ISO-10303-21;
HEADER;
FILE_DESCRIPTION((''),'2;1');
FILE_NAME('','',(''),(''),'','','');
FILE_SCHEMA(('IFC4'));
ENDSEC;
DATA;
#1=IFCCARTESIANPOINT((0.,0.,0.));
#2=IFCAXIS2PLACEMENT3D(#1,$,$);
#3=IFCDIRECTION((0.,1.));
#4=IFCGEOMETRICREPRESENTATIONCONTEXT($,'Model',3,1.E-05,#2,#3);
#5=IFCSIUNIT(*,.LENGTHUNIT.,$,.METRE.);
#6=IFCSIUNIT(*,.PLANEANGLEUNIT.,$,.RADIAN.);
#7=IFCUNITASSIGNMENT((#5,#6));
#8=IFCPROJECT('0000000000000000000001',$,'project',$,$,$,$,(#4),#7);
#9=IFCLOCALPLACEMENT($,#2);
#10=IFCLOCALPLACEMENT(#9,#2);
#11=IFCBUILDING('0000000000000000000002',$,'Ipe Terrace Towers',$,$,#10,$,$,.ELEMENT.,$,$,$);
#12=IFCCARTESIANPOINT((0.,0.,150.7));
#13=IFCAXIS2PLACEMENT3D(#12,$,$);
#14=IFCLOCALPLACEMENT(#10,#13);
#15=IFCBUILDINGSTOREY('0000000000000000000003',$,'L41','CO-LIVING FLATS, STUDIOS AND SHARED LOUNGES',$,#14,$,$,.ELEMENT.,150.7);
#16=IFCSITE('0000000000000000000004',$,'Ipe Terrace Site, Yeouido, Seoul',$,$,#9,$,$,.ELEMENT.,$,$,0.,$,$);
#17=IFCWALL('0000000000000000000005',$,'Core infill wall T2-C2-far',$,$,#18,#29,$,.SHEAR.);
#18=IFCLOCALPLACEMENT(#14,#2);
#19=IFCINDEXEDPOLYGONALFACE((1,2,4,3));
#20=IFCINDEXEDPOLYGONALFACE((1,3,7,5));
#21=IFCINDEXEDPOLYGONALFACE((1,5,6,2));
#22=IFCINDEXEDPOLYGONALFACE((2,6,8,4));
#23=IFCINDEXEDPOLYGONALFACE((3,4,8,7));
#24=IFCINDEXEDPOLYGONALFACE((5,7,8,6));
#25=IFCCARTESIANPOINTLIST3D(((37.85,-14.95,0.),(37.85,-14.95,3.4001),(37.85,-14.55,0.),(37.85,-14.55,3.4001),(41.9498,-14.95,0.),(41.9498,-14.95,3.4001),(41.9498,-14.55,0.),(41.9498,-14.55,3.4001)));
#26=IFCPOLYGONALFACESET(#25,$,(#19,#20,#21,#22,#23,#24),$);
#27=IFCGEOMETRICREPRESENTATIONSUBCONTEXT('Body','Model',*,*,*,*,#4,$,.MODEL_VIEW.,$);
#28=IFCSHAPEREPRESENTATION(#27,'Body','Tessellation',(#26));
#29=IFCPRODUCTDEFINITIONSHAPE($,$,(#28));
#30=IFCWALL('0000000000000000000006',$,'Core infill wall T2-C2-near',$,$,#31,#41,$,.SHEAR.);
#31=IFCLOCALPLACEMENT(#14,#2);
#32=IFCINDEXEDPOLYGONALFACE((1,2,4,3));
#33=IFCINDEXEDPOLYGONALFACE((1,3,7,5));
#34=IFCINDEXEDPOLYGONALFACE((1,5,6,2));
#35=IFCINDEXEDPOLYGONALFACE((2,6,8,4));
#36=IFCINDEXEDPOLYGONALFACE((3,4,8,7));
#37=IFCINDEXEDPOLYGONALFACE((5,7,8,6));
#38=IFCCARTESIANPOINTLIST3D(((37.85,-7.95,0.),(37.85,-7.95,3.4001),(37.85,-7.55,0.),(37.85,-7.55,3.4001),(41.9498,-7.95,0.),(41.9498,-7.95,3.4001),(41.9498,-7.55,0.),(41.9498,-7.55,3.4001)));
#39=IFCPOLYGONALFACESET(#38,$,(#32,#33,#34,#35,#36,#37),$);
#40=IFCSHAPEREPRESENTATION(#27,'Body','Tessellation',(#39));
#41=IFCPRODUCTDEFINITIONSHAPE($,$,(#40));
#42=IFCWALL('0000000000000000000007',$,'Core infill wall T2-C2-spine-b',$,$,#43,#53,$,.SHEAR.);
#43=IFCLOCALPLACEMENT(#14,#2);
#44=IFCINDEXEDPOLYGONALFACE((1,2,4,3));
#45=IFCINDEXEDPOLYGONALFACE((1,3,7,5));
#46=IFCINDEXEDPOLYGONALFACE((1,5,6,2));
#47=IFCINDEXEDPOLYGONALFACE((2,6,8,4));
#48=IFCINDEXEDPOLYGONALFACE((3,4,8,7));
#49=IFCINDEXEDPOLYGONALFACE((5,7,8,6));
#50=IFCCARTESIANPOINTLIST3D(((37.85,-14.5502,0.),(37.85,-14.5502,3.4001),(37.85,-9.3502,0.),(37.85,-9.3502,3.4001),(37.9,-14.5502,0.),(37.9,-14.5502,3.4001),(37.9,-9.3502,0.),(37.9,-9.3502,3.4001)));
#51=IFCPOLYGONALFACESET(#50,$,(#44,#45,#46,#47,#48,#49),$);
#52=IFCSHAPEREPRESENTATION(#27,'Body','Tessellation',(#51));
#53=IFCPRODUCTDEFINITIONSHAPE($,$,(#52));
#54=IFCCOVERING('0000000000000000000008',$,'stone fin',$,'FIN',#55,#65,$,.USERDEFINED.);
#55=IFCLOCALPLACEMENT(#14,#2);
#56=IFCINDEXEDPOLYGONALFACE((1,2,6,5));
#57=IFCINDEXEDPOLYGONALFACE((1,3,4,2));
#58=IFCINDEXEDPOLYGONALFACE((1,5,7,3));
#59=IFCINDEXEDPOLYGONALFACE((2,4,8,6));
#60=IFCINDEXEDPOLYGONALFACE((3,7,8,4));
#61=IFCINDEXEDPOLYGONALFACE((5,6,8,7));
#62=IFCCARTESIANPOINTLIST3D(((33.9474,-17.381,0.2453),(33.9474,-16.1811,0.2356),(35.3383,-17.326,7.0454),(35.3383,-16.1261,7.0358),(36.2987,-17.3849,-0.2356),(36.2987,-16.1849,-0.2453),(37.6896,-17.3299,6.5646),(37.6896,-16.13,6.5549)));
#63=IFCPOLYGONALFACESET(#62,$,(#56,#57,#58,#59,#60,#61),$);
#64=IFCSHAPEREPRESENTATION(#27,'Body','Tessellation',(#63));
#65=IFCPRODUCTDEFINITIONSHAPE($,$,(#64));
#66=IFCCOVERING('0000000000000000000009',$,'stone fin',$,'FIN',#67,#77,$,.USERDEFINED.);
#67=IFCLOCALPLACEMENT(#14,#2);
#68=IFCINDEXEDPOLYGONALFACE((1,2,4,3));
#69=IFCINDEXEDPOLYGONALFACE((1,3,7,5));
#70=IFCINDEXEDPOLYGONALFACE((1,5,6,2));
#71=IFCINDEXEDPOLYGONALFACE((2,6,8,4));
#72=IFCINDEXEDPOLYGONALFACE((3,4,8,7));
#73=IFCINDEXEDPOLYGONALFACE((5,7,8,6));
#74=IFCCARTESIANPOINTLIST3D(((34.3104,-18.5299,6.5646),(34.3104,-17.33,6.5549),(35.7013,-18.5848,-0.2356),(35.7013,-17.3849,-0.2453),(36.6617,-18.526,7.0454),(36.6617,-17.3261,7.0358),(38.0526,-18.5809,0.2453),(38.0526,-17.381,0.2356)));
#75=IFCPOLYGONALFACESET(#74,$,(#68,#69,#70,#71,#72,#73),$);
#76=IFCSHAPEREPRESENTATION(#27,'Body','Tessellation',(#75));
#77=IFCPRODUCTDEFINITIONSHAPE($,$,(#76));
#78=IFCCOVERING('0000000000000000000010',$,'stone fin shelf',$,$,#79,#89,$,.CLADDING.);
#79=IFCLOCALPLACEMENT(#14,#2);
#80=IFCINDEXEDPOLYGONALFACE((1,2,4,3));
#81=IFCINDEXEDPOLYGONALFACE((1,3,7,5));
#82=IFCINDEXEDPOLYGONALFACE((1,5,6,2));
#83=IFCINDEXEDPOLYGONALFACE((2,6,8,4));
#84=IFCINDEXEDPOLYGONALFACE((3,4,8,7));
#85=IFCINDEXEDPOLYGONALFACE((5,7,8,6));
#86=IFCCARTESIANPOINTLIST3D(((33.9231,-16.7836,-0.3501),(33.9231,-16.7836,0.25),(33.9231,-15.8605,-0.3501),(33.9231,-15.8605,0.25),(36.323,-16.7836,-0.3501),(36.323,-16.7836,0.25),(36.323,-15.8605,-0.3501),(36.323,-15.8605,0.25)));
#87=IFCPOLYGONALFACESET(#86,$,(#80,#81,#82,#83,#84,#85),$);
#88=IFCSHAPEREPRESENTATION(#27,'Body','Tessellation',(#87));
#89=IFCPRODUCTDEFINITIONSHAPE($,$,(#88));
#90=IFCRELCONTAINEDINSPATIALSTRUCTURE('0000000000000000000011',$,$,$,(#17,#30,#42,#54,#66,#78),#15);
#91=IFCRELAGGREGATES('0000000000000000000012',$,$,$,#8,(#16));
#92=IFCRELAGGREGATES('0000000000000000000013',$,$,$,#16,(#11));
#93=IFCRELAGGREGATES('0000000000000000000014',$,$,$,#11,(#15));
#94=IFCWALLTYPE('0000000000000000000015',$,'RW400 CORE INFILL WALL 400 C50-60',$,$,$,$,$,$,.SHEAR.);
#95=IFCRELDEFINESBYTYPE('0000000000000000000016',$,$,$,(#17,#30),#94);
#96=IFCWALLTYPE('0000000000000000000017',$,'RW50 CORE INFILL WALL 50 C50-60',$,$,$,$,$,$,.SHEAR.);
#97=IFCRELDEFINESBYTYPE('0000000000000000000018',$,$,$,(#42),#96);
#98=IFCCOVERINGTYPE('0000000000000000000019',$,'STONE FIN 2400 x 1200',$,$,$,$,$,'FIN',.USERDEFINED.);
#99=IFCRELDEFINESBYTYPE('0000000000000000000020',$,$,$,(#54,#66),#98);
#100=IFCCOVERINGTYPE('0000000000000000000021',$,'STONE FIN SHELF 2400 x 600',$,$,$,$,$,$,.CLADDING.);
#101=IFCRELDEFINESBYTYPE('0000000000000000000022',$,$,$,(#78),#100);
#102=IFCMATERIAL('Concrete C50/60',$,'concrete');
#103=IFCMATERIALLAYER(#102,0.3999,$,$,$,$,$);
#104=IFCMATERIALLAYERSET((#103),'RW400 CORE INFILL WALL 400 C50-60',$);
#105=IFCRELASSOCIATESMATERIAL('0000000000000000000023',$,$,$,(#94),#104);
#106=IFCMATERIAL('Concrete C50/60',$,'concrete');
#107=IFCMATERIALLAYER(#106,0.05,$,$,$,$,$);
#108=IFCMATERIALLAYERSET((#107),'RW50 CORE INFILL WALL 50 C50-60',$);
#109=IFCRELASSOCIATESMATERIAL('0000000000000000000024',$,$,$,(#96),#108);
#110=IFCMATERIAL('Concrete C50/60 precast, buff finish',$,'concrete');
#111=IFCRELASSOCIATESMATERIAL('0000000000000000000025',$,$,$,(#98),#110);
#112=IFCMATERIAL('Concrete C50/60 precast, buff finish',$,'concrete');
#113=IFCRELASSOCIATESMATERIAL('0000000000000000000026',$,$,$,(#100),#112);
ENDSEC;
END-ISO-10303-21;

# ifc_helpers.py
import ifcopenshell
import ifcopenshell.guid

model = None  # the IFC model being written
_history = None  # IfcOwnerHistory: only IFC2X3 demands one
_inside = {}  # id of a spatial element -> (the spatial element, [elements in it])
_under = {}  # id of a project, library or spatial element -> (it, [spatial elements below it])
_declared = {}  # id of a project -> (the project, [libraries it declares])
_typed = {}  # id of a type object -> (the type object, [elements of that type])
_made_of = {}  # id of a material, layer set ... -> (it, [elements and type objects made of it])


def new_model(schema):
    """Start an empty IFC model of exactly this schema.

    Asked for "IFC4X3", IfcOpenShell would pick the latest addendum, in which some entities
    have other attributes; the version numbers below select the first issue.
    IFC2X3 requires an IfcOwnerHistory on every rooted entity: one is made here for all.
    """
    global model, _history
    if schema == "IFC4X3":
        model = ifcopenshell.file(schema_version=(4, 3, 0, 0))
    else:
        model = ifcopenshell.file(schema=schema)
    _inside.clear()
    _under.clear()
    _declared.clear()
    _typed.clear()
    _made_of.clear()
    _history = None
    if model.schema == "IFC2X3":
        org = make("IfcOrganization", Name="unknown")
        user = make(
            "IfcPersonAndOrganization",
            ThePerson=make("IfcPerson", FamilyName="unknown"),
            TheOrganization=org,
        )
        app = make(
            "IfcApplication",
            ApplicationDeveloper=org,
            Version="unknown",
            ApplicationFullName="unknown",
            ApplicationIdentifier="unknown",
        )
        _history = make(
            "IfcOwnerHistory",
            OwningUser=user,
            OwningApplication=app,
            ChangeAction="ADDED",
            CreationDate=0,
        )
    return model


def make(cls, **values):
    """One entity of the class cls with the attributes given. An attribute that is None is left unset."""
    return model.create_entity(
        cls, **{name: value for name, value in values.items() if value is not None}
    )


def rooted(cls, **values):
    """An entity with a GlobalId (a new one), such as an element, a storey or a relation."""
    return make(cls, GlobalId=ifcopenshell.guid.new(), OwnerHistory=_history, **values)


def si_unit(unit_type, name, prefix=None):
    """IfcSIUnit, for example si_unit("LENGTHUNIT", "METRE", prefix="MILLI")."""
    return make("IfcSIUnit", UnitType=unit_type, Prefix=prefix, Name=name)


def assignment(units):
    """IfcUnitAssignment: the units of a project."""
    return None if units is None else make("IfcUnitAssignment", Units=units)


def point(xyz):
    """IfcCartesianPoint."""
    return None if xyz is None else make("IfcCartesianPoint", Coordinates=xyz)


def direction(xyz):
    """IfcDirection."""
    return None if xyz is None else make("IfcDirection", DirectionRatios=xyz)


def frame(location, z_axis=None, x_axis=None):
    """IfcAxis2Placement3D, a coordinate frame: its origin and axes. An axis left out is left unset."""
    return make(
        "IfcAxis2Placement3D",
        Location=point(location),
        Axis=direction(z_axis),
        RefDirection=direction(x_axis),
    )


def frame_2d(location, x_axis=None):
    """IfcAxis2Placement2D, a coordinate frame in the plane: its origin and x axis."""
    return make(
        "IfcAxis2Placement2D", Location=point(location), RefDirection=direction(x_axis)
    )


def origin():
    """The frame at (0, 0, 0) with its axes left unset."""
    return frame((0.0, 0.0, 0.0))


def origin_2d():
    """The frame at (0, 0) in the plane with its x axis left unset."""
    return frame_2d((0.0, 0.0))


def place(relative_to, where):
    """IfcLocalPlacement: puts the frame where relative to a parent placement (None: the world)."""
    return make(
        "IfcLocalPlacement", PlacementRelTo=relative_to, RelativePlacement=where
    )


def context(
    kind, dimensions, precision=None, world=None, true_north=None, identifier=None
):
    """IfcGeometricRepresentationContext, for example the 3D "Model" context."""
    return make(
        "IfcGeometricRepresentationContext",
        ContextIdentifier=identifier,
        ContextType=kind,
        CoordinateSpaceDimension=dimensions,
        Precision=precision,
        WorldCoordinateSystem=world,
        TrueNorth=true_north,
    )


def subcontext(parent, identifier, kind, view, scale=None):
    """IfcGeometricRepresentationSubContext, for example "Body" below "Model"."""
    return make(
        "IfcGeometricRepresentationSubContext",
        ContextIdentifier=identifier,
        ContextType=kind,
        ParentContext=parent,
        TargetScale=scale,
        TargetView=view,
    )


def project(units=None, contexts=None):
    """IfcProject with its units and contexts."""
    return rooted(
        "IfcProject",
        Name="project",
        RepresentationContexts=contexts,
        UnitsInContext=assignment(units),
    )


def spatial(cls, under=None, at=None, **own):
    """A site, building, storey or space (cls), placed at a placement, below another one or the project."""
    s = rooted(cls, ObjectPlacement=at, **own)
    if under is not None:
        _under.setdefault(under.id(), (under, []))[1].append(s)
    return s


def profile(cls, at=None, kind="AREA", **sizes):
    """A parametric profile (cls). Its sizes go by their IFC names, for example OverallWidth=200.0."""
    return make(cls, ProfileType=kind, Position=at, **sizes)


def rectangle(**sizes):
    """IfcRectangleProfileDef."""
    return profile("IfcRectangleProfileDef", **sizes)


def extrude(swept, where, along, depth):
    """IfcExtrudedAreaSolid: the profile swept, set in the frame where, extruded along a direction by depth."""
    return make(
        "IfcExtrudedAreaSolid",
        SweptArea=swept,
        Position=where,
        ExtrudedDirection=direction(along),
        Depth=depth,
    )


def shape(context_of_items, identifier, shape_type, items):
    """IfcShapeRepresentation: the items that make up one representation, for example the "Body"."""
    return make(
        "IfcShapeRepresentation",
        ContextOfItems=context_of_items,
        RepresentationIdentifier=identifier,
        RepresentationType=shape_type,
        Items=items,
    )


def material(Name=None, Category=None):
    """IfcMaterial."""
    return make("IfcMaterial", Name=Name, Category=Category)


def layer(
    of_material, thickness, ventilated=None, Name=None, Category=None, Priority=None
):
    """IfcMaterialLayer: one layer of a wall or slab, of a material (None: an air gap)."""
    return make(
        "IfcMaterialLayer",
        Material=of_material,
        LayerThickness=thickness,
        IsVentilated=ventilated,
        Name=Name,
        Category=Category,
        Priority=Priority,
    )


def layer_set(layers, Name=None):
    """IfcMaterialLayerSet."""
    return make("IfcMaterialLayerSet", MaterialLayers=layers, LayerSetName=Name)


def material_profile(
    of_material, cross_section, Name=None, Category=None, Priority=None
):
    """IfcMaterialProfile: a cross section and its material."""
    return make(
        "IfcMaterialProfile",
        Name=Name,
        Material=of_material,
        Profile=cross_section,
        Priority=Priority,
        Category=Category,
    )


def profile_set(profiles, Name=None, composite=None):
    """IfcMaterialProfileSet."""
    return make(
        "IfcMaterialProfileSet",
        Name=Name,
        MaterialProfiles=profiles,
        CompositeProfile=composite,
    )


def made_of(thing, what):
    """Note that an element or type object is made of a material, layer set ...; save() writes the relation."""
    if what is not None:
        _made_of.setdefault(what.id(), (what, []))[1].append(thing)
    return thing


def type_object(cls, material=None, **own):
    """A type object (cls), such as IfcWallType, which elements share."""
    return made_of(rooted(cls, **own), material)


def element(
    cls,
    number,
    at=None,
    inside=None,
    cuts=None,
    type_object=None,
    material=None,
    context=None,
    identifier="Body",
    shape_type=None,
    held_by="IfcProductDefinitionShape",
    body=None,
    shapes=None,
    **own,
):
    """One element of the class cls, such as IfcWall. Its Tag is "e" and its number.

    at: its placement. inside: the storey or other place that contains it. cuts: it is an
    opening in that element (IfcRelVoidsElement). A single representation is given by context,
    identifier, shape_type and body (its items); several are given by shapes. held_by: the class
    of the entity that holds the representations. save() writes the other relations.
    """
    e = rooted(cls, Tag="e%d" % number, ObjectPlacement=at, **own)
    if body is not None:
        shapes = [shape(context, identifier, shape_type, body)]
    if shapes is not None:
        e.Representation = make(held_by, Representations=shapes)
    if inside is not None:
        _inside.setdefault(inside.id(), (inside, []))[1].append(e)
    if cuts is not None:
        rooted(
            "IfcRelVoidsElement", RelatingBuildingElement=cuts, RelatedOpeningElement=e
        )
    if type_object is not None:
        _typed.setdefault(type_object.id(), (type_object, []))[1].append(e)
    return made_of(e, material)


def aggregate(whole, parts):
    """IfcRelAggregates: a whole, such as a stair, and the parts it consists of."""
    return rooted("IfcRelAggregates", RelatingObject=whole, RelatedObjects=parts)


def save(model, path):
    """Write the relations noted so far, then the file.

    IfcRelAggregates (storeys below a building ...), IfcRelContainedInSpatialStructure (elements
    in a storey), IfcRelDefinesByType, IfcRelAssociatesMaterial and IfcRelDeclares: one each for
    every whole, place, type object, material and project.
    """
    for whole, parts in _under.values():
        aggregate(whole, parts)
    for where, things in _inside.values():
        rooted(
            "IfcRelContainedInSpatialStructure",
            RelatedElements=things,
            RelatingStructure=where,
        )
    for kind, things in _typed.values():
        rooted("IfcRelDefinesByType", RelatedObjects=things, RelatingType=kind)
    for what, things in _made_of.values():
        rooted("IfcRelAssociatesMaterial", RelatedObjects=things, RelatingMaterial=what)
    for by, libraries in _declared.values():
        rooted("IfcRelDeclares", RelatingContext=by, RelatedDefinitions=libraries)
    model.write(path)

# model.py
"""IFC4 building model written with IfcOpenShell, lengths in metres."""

from ifc_helpers import new_model, si_unit, direction, frame, frame_2d, origin, origin_2d, place, context, subcontext, project, spatial, rectangle, extrude, material, layer, layer_set, material_profile, profile_set, type_object, element, save


model = new_model("IFC4")

# Units and contexts
model_context = context("Model", 3, precision=1e-05, world=origin(), true_north=direction((0.0, 1.0)))
body_context = subcontext(model_context, "Body", "Model", "MODEL_VIEW")
ifc_project = project(units=[si_unit("LENGTHUNIT", "METRE"), si_unit("PLANEANGLEUNIT", "RADIAN")], contexts=[model_context])

# Site, building, storey
site_placement = place(None, origin())
site = spatial("IfcSite", under=ifc_project, at=site_placement, Name="Ipe Terrace Site, Yeouido, Seoul", CompositionType="ELEMENT", RefElevation=0.0)
building_placement = place(site_placement, origin())
building = spatial("IfcBuilding", under=site, at=building_placement, Name="Ipe Terrace Towers", CompositionType="ELEMENT")
storey_placement = place(building_placement, frame((0.0, 0.0, 150.7)))
storey = spatial("IfcBuildingStorey", under=building, at=storey_placement, Name="L41", Description="CO-LIVING FLATS, STUDIOS AND SHARED LOUNGES", CompositionType="ELEMENT", Elevation=150.7)

# Walls
ifc_material_1 = material(Name="Concrete C50/60", Category="concrete")
ifc_layer_1 = layer(ifc_material_1, 0.3999)
ifc_layer_set_1 = layer_set([ifc_layer_1], Name="RW400 CORE INFILL WALL 400 C50-60")
wall_type_1 = type_object("IfcWallType", Name="RW400 CORE INFILL WALL 400 C50-60", PredefinedType="SHEAR", material=ifc_layer_set_1)
for number, where, z_axis, x_axis, name in (
    (1, (37.8501, -14.75, 0.0), (0.0, 0.0, 1.0), (1.0, 0.0, 0.0), "Core infill wall T2-C2-far"),
    (2, (37.8501, -7.75, 0.0), (0.0, 0.0, 1.0), (1.0, 0.0, 0.0), "Core infill wall T2-C2-near"),
):
    element("IfcWall", number, at=place(storey_placement, frame(where, z_axis=z_axis, x_axis=x_axis)), inside=storey, type_object=wall_type_1, Name=name, PredefinedType="SHEAR", context=body_context, shape_type="SweptSolid", body=[
        extrude(rectangle(XDim=4.0999, YDim=0.3999, at=frame_2d((2.0498, 0.0))), origin(), (0.0, 0.0, 1.0), 3.4001),
    ])
ifc_material_2 = material(Name="Concrete C50/60", Category="concrete")
ifc_layer_2 = layer(ifc_material_2, 0.05)
ifc_layer_set_2 = layer_set([ifc_layer_2], Name="RW50 CORE INFILL WALL 50 C50-60")
wall_type_2 = type_object("IfcWallType", Name="RW50 CORE INFILL WALL 50 C50-60", PredefinedType="SHEAR", material=ifc_layer_set_2)
wall_1_placement = place(storey_placement, frame((37.875, -9.3501, 0.0), z_axis=(0.0, 0.0, 1.0), x_axis=(0.0, -1.0, 0.0)))
element("IfcWall", 3, at=wall_1_placement, inside=storey, type_object=wall_type_2, Name="Core infill wall T2-C2-spine-b", PredefinedType="SHEAR", context=body_context, shape_type="SweptSolid", body=[
    extrude(rectangle(XDim=5.2, YDim=0.05, at=frame_2d((2.6001, 0.0))), origin(), (0.0, 0.0, 1.0), 3.4001),
])

# Coverings
ifc_material_3 = material(Name="Concrete C50/60 precast, buff finish", Category="concrete")
ifc_material_profile = material_profile(ifc_material_3, rectangle(XDim=2.3999, YDim=1.2, at=origin_2d()), Name="STONE FIN 2400 x 1200")
ifc_profile_set = profile_set([ifc_material_profile], Name="Concrete C50/60 precast, buff finish")
covering_type_1 = type_object("IfcCoveringType", Name="STONE FIN 2400 x 1200", ElementType="FIN", PredefinedType="USERDEFINED", material=ifc_profile_set)
for number, where, z_axis, x_axis, name in (
    (4, (35.123, -16.783, 0.0), (0.200383, 0.007914, 0.979686), (0.979718, -0.001619, -0.200377), "stone fin"),
    (5, (36.877, -17.9829, 0.0), (-0.200383, 0.007914, 0.979686), (0.979718, 0.001619, 0.200377), "stone fin"),
):
    element("IfcCovering", number, at=place(storey_placement, frame(where, z_axis=z_axis, x_axis=x_axis)), inside=storey, type_object=covering_type_1, Name=name, ObjectType="FIN", PredefinedType="USERDEFINED", context=body_context, shape_type="SweptSolid", body=[
        extrude(rectangle(XDim=2.3999, YDim=1.2, at=origin_2d()), origin(), (0.0, 0.0, 1.0), 6.9412),
    ])
ifc_material_4 = material(Name="Concrete C50/60 precast, buff finish", Category="concrete")
covering_type_2 = type_object("IfcCoveringType", Name="STONE FIN SHELF 2400 x 600", PredefinedType="CLADDING", material=ifc_material_4)
covering_placement = place(storey_placement, frame((35.123, -16.322, -0.3501), z_axis=(0.0, 0.0, 1.0), x_axis=(1.0, 0.0, 0.0)))
element("IfcCovering", 6, at=covering_placement, inside=storey, type_object=covering_type_2, Name="stone fin shelf", PredefinedType="CLADDING", context=body_context, shape_type="SweptSolid", body=[
    extrude(rectangle(XDim=2.3999, YDim=0.9231, at=origin_2d()), origin(), (0.0, 0.0, 1.0), 0.6001),
])

save(model, "model.ifc")
